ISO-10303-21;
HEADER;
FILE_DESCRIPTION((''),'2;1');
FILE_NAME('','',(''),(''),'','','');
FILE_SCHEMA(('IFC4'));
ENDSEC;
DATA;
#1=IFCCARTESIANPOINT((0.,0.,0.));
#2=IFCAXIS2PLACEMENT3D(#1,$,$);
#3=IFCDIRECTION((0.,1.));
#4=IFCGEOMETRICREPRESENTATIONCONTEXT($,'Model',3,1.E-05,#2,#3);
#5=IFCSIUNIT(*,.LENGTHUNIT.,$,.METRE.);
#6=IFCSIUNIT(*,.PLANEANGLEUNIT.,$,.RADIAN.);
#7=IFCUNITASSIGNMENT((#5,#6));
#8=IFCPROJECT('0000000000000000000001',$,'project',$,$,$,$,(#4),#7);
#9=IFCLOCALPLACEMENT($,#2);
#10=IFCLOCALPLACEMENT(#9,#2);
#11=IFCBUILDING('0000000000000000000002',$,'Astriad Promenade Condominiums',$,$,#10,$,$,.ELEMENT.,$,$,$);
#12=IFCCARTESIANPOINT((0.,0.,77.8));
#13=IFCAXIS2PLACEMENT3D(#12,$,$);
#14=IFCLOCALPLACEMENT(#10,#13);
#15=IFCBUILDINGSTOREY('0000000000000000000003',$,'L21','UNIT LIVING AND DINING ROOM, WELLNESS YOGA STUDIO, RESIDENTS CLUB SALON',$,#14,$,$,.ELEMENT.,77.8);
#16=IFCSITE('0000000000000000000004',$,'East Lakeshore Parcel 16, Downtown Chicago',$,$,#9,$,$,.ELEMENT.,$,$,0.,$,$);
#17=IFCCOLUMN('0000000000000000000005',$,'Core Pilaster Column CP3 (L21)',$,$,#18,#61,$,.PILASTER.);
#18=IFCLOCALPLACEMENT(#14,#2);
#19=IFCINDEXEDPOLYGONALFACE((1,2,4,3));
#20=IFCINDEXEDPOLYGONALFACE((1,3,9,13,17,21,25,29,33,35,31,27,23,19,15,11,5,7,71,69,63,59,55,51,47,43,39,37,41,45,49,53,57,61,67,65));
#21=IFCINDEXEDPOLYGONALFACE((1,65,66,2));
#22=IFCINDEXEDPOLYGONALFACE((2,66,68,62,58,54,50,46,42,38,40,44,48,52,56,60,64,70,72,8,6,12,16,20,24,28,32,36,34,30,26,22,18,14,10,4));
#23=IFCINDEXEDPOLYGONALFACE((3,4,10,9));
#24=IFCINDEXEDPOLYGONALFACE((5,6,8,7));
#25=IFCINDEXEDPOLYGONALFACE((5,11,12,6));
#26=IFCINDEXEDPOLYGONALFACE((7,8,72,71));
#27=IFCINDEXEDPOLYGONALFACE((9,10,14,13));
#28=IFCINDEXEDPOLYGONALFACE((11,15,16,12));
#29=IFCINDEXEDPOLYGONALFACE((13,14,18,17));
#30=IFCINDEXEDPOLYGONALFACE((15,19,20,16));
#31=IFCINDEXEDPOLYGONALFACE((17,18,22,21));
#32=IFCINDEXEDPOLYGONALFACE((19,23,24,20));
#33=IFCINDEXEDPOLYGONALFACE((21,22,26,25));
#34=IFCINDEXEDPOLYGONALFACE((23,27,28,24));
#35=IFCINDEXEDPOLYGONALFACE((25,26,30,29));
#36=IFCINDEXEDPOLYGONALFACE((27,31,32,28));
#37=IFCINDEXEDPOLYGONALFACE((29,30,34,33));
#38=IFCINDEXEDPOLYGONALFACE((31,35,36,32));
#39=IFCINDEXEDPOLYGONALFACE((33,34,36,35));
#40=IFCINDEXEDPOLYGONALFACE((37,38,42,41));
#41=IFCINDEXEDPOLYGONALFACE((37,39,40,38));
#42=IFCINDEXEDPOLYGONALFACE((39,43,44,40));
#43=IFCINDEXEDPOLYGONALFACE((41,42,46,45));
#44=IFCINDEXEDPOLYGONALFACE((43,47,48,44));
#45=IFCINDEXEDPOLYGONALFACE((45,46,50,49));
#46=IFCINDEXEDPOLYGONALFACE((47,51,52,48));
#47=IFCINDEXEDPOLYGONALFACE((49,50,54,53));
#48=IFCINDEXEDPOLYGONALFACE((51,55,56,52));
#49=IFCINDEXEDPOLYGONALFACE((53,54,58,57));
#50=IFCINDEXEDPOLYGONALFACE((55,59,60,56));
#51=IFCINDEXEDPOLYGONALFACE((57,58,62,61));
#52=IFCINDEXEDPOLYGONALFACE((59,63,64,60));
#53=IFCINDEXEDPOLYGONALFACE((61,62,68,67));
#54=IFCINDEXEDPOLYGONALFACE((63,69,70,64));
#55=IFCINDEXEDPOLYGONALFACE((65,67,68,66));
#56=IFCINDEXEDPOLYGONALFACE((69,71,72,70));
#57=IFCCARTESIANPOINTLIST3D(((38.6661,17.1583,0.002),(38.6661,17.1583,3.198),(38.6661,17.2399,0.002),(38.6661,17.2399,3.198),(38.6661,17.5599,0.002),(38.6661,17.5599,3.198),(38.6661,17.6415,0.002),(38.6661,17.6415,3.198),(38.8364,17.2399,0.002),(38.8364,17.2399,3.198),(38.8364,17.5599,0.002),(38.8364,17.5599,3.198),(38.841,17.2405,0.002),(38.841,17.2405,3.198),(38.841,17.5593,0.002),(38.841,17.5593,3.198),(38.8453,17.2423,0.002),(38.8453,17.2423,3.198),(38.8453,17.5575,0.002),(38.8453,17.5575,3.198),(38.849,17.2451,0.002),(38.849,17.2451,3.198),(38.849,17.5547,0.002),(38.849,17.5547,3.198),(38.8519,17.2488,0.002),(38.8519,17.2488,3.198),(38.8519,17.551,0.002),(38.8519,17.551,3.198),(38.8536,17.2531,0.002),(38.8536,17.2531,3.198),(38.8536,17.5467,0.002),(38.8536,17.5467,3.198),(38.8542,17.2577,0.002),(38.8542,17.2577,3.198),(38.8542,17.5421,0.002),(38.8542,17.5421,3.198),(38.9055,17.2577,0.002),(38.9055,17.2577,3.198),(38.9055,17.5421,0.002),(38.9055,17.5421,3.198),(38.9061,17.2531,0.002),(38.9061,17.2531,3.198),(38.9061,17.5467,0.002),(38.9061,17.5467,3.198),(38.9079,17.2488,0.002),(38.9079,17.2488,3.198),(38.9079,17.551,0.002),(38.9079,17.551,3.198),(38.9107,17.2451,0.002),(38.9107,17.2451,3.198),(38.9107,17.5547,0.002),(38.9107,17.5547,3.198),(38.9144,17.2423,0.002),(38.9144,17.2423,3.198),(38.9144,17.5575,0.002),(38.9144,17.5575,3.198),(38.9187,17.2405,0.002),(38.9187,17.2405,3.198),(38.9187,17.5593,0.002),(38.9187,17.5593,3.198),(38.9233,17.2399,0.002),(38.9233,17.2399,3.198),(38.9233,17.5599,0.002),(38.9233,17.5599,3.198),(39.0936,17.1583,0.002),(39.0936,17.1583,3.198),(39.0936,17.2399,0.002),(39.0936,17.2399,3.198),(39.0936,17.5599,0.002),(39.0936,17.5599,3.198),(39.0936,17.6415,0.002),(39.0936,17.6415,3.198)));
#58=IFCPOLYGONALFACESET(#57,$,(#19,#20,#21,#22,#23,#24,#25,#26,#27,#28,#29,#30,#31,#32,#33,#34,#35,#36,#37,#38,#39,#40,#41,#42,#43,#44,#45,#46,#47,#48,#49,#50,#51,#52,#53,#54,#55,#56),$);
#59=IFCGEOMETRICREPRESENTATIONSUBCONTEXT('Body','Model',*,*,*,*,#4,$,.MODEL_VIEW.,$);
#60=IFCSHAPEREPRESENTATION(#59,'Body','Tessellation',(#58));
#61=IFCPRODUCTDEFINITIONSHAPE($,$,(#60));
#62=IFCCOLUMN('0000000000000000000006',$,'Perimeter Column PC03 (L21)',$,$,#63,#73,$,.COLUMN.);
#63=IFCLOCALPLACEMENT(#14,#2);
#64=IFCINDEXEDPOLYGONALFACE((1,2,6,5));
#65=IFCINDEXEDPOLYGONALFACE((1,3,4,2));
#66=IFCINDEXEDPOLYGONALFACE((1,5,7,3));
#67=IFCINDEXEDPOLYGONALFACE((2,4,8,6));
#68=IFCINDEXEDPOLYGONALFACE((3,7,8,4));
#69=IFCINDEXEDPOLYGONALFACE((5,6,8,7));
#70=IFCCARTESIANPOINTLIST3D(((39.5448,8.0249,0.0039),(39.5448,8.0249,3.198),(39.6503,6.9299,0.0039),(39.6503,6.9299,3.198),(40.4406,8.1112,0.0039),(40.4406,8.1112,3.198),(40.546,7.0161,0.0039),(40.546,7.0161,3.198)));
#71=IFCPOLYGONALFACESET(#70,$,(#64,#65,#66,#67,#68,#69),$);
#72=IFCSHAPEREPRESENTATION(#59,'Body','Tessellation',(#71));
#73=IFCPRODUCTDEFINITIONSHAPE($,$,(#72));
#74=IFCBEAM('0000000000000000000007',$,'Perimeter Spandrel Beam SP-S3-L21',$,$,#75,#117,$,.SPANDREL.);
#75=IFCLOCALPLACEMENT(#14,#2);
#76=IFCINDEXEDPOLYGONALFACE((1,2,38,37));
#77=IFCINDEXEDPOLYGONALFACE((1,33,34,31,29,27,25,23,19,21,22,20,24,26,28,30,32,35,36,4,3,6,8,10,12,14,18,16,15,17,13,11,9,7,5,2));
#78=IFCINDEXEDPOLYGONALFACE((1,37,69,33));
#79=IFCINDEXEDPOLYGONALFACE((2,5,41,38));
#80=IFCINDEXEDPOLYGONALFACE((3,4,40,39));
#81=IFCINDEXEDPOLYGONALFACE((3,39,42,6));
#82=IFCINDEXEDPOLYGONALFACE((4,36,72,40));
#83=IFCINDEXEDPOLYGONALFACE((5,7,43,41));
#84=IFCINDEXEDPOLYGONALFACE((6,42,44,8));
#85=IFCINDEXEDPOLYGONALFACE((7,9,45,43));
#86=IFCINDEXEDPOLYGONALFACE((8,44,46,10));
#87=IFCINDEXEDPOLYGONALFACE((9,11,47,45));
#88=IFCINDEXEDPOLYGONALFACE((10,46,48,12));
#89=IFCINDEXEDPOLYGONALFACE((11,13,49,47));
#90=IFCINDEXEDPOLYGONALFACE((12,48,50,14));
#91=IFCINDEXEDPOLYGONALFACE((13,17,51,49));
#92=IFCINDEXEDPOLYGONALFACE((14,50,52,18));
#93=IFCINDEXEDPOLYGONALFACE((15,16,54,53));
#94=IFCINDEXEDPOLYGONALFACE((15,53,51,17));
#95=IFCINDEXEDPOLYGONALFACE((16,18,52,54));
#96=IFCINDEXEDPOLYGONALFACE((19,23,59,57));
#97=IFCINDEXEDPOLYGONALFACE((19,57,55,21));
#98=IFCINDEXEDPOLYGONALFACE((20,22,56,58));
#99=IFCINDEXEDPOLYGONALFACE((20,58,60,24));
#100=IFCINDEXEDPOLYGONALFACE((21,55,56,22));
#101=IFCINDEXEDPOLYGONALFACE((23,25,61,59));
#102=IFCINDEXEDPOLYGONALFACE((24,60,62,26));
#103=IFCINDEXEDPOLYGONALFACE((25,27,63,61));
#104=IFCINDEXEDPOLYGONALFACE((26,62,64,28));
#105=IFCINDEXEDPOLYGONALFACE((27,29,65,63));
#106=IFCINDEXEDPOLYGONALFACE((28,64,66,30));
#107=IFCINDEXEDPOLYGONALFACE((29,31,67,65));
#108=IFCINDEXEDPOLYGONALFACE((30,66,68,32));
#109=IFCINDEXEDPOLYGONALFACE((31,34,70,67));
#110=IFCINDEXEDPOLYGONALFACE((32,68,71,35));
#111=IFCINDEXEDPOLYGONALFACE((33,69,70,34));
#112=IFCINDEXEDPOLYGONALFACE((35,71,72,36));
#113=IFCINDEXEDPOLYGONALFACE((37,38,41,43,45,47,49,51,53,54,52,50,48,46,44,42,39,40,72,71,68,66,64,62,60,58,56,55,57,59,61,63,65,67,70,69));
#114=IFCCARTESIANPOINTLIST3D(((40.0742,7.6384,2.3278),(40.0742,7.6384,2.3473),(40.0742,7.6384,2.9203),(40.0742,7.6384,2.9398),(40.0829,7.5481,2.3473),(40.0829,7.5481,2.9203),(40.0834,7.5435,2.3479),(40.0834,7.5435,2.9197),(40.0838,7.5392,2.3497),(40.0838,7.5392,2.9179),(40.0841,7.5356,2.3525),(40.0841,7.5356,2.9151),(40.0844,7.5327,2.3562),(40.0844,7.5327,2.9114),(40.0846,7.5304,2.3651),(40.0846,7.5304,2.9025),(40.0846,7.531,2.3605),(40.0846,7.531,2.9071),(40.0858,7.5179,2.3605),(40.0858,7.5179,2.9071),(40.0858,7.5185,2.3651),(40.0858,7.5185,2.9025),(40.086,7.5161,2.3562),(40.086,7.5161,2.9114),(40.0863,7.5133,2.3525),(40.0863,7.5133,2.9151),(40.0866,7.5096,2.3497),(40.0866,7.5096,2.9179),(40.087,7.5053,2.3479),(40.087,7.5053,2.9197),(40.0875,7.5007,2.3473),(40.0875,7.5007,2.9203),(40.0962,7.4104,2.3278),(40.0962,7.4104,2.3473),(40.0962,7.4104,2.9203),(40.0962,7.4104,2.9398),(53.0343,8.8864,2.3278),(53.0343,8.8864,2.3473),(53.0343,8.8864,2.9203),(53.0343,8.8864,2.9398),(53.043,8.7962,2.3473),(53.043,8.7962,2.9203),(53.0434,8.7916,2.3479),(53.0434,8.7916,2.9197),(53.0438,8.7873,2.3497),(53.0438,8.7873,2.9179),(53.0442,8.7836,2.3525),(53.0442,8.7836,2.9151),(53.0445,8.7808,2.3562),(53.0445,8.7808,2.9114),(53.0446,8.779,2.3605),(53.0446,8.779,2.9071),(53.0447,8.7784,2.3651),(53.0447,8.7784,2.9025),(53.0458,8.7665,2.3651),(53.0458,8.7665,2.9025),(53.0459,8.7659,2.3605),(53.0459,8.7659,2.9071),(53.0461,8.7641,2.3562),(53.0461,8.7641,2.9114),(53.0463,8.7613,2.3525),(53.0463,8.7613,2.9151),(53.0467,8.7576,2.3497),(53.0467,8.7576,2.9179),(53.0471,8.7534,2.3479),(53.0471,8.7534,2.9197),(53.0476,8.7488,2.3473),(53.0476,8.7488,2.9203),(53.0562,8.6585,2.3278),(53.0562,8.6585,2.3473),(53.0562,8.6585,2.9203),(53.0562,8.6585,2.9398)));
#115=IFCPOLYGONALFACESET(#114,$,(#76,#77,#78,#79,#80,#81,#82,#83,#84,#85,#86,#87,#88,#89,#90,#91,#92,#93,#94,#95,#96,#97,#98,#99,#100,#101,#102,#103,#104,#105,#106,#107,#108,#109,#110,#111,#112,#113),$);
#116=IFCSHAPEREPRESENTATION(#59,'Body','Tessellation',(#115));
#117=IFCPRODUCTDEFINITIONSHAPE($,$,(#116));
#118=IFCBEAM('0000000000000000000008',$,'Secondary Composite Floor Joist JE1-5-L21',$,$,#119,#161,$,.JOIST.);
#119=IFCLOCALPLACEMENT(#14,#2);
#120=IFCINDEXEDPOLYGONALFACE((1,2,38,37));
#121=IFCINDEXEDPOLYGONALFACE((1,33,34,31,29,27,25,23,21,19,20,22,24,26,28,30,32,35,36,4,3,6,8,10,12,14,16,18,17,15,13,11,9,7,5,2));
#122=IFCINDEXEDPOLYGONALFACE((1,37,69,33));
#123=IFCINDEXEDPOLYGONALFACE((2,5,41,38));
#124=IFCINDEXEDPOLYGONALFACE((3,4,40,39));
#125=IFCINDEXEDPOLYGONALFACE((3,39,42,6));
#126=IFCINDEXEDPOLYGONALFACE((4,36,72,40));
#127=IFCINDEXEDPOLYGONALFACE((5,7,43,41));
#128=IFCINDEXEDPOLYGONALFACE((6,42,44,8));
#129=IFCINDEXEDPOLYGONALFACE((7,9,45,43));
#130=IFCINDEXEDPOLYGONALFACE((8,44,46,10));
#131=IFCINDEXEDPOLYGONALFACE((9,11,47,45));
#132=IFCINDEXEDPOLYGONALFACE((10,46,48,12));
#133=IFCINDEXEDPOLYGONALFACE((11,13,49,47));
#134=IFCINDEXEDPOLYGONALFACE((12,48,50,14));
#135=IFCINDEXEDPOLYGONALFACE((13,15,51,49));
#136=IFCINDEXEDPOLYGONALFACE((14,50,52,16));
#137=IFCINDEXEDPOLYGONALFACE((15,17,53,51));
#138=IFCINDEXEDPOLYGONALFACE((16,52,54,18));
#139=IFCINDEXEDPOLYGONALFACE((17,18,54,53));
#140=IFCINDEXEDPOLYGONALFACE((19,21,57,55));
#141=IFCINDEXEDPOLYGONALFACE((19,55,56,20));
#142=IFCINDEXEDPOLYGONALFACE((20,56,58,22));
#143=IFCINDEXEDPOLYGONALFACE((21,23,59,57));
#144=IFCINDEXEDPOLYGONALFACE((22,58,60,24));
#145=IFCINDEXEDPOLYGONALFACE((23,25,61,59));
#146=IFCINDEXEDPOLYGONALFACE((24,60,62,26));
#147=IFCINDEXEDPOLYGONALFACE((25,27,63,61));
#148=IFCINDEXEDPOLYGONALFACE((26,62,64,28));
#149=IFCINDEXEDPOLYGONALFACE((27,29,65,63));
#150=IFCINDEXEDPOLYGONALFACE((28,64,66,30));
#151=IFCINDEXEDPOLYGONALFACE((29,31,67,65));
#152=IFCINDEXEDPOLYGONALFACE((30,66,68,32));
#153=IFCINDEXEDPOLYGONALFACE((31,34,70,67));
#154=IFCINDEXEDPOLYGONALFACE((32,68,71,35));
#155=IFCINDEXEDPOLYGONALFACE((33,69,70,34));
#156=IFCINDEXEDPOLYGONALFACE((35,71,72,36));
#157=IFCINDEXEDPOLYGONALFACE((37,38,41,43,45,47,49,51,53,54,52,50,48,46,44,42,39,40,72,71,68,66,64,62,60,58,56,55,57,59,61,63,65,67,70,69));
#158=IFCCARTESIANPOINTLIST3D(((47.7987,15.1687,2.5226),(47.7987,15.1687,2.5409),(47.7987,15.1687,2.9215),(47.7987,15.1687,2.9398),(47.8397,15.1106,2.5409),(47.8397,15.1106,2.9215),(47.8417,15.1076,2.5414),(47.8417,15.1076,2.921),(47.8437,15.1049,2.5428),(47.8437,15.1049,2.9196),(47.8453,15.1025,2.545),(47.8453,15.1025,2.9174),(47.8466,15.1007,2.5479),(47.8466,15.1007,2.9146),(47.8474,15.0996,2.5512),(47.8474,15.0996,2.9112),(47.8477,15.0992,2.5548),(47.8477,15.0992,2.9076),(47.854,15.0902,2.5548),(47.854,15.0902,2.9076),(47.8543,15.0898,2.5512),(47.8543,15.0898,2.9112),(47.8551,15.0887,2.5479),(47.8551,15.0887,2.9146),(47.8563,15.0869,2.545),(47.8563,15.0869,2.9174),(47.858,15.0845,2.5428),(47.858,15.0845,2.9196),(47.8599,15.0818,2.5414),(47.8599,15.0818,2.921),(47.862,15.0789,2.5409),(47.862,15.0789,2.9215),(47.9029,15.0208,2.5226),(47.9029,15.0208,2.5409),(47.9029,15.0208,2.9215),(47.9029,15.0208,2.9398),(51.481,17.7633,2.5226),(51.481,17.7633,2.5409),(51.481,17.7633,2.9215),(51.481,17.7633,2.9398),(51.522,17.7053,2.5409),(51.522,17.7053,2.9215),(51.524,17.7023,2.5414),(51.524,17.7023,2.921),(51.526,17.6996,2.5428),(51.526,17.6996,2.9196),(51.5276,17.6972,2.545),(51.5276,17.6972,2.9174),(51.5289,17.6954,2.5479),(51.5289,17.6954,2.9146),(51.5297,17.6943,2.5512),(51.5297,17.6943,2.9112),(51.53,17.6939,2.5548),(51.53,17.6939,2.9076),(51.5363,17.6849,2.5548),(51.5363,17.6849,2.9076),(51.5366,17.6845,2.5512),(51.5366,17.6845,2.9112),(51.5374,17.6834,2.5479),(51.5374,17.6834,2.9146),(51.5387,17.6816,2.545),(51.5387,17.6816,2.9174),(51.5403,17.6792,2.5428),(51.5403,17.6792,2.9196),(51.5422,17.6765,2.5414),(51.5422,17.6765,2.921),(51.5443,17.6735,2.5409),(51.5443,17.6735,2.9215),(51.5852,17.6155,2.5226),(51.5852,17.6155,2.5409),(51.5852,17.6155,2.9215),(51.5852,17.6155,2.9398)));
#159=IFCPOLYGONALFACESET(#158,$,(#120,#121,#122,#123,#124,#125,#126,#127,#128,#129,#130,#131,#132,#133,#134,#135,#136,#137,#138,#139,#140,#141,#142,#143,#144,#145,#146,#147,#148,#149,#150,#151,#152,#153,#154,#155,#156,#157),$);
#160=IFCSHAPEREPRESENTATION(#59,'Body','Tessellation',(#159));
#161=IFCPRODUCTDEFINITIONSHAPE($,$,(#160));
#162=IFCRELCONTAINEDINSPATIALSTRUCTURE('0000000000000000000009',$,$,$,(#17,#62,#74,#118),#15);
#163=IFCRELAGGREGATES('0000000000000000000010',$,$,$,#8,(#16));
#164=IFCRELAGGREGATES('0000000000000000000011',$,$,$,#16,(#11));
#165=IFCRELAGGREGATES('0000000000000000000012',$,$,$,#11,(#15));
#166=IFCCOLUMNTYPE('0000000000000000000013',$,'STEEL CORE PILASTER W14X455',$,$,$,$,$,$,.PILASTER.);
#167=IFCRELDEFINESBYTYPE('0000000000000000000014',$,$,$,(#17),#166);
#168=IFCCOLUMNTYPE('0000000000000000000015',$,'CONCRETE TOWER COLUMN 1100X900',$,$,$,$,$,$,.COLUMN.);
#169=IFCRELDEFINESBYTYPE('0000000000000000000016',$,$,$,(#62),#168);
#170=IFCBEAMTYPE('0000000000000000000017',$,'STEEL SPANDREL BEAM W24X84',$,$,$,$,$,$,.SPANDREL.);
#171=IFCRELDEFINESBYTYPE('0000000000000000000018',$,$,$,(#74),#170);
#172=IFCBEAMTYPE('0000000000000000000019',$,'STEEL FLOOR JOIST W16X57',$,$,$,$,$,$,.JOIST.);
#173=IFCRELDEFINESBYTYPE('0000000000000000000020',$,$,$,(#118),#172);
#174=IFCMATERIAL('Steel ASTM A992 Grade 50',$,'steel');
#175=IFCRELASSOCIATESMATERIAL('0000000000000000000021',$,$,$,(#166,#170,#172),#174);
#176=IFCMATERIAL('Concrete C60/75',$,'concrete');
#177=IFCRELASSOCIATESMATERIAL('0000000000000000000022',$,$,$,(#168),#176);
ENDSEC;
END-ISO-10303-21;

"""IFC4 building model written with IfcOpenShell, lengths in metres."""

from ifc_helpers import new_model, si_unit, direction, frame, origin, origin_2d, place, context, subcontext, project, spatial, rectangle, i_section, extrude, source, transform, mapped, material, material_profile, profile_set, type_object, type_shapes, element, save


model = new_model("IFC4")

# Units and contexts
model_context = context("Model", 3, precision=1e-05, world=origin(), true_north=direction((0.0, 1.0)))
body_context = subcontext(model_context, "Body", "Model", "MODEL_VIEW")
ifc_project = project(units=[si_unit("LENGTHUNIT", "METRE"), si_unit("PLANEANGLEUNIT", "RADIAN")], contexts=[model_context])

# Site, building, storey
site_placement = place(None, origin())
site = spatial("IfcSite", under=ifc_project, at=site_placement, Name="East Lakeshore Parcel 16, Downtown Chicago", CompositionType="ELEMENT", RefElevation=0.0)
building_placement = place(site_placement, origin())
building = spatial("IfcBuilding", under=site, at=building_placement, Name="Astriad Promenade Condominiums", CompositionType="ELEMENT")
storey_placement = place(building_placement, frame((0.0, 0.0, 77.8)))
storey = spatial("IfcBuildingStorey", under=building, at=storey_placement, Name="L21", Description="UNIT LIVING AND DINING ROOM, WELLNESS YOGA STUDIO, RESIDENTS CLUB SALON", CompositionType="ELEMENT", Elevation=77.8)

# Columns
ifc_material_1 = material(Name="Steel ASTM A992 Grade 50", Category="steel")
ifc_material_profile_1 = material_profile(ifc_material_1, i_section(OverallWidth=0.4275, OverallDepth=0.4832, WebThickness=0.0513, FlangeThickness=0.0815, FilletRadius=0.0178, at=origin_2d()), Name="W14X455")
ifc_profile_set_1 = profile_set([ifc_material_profile_1], Name="Steel ASTM A992 Grade 50")
column_type_1 = type_object("IfcColumnType", Name="STEEL CORE PILASTER W14X455", PredefinedType="PILASTER", material=ifc_profile_set_1)
shared_shape_1 = source(origin(), body_context, "Body", "SweptSolid", [
    extrude(i_section(OverallWidth=0.4275, OverallDepth=0.4832, WebThickness=0.0513, FlangeThickness=0.0815, FilletRadius=0.0178, at=origin_2d()), origin(), (0.0, 0.0, 1.0), 3.196),
])
type_shapes(column_type_1, [shared_shape_1])
column_1_placement = place(storey_placement, frame((38.8799, 17.3999, 0.002), z_axis=(0.0, 0.0, 1.0), x_axis=(1.0, 0.0, 0.0)))
element("IfcColumn", 1, at=column_1_placement, inside=storey, type_object=column_type_1, Name="Core Pilaster Column CP3 (L21)", PredefinedType="PILASTER", context=body_context, shape_type="MappedRepresentation", body=[
    mapped(shared_shape_1, transform((0.0, 0.0, 0.0), scale=1.0)),
])
ifc_material_2 = material(Name="Concrete C60/75", Category="concrete")
ifc_material_profile_2 = material_profile(ifc_material_2, rectangle(XDim=0.8999, YDim=1.1001, at=origin_2d()), Name="RC-COL-1100X900")
ifc_profile_set_2 = profile_set([ifc_material_profile_2], Name="Concrete C60/75")
column_type_2 = type_object("IfcColumnType", Name="CONCRETE TOWER COLUMN 1100X900", PredefinedType="COLUMN", material=ifc_profile_set_2)
shared_shape_2 = source(origin(), body_context, "Body", "SweptSolid", [
    extrude(rectangle(XDim=0.8999, YDim=1.1001, at=origin_2d()), origin(), (0.0, 0.0, 1.0), 3.1941),
])
type_shapes(column_type_2, [shared_shape_2])
column_2_placement = place(storey_placement, frame((40.0454, 7.5205, 0.0039), z_axis=(0.0, 0.0, 1.0), x_axis=(0.995396, 0.095846, 0.0)))
element("IfcColumn", 2, at=column_2_placement, inside=storey, type_object=column_type_2, Name="Perimeter Column PC03 (L21)", PredefinedType="COLUMN", context=body_context, shape_type="MappedRepresentation", body=[
    mapped(shared_shape_2, transform((0.0, 0.0, 0.0), scale=1.0)),
])

# Beams
ifc_material_profile_3 = material_profile(ifc_material_1, i_section(OverallWidth=0.229, OverallDepth=0.6121, WebThickness=0.012, FlangeThickness=0.0195, FilletRadius=0.0178, at=origin_2d()), Name="W24X84")
ifc_profile_set_3 = profile_set([ifc_material_profile_3], Name="Steel ASTM A992 Grade 50")
beam_type_1 = type_object("IfcBeamType", Name="STEEL SPANDREL BEAM W24X84", PredefinedType="SPANDREL", material=ifc_profile_set_3)
shared_shape_3 = source(origin(), body_context, "Body", "SweptSolid", [
    extrude(i_section(OverallWidth=0.229, OverallDepth=0.6121, WebThickness=0.012, FlangeThickness=0.0195, FilletRadius=0.0178, at=origin_2d()), origin(), (0.0, 0.0, 1.0), 13.02),
])
type_shapes(beam_type_1, [shared_shape_3])
beam_1_placement = place(storey_placement, frame((40.0852, 7.5244, 2.6338), z_axis=(0.995395, 0.095857, 0.0), x_axis=(-0.095857, 0.995395, 0.0)))
element("IfcBeam", 3, at=beam_1_placement, inside=storey, type_object=beam_type_1, Name="Perimeter Spandrel Beam SP-S3-L21", PredefinedType="SPANDREL", context=body_context, shape_type="MappedRepresentation", body=[
    mapped(shared_shape_3, transform((0.0, 0.0, 0.0), scale=1.0)),
])
ifc_material_profile_4 = material_profile(ifc_material_1, i_section(OverallWidth=0.1809, OverallDepth=0.4172, WebThickness=0.011, FlangeThickness=0.0183, FilletRadius=0.0139, at=origin_2d()), Name="W16X57")
ifc_profile_set_4 = profile_set([ifc_material_profile_4], Name="Steel ASTM A992 Grade 50")
beam_type_2 = type_object("IfcBeamType", Name="STEEL FLOOR JOIST W16X57", PredefinedType="JOIST", material=ifc_profile_set_4)
shared_shape_4 = source(origin(), body_context, "Body", "SweptSolid", [
    extrude(i_section(OverallWidth=0.1809, OverallDepth=0.4172, WebThickness=0.011, FlangeThickness=0.0183, FilletRadius=0.0139, at=origin_2d()), origin(), (0.0, 0.0, 1.0), 4.5046),
])
beam_2_placement = place(storey_placement, frame((47.8508, 15.0947, 2.7312), z_axis=(0.817448, 0.576002, 0.0), x_axis=(-0.576002, 0.817448, 0.0)))
element("IfcBeam", 4, at=beam_2_placement, inside=storey, type_object=beam_type_2, Name="Secondary Composite Floor Joist JE1-5-L21", PredefinedType="JOIST", context=body_context, shape_type="MappedRepresentation", body=[
    mapped(shared_shape_4, transform((0.0, 0.0, 0.0), scale=1.0)),
])

save(model, "model.ifc")
